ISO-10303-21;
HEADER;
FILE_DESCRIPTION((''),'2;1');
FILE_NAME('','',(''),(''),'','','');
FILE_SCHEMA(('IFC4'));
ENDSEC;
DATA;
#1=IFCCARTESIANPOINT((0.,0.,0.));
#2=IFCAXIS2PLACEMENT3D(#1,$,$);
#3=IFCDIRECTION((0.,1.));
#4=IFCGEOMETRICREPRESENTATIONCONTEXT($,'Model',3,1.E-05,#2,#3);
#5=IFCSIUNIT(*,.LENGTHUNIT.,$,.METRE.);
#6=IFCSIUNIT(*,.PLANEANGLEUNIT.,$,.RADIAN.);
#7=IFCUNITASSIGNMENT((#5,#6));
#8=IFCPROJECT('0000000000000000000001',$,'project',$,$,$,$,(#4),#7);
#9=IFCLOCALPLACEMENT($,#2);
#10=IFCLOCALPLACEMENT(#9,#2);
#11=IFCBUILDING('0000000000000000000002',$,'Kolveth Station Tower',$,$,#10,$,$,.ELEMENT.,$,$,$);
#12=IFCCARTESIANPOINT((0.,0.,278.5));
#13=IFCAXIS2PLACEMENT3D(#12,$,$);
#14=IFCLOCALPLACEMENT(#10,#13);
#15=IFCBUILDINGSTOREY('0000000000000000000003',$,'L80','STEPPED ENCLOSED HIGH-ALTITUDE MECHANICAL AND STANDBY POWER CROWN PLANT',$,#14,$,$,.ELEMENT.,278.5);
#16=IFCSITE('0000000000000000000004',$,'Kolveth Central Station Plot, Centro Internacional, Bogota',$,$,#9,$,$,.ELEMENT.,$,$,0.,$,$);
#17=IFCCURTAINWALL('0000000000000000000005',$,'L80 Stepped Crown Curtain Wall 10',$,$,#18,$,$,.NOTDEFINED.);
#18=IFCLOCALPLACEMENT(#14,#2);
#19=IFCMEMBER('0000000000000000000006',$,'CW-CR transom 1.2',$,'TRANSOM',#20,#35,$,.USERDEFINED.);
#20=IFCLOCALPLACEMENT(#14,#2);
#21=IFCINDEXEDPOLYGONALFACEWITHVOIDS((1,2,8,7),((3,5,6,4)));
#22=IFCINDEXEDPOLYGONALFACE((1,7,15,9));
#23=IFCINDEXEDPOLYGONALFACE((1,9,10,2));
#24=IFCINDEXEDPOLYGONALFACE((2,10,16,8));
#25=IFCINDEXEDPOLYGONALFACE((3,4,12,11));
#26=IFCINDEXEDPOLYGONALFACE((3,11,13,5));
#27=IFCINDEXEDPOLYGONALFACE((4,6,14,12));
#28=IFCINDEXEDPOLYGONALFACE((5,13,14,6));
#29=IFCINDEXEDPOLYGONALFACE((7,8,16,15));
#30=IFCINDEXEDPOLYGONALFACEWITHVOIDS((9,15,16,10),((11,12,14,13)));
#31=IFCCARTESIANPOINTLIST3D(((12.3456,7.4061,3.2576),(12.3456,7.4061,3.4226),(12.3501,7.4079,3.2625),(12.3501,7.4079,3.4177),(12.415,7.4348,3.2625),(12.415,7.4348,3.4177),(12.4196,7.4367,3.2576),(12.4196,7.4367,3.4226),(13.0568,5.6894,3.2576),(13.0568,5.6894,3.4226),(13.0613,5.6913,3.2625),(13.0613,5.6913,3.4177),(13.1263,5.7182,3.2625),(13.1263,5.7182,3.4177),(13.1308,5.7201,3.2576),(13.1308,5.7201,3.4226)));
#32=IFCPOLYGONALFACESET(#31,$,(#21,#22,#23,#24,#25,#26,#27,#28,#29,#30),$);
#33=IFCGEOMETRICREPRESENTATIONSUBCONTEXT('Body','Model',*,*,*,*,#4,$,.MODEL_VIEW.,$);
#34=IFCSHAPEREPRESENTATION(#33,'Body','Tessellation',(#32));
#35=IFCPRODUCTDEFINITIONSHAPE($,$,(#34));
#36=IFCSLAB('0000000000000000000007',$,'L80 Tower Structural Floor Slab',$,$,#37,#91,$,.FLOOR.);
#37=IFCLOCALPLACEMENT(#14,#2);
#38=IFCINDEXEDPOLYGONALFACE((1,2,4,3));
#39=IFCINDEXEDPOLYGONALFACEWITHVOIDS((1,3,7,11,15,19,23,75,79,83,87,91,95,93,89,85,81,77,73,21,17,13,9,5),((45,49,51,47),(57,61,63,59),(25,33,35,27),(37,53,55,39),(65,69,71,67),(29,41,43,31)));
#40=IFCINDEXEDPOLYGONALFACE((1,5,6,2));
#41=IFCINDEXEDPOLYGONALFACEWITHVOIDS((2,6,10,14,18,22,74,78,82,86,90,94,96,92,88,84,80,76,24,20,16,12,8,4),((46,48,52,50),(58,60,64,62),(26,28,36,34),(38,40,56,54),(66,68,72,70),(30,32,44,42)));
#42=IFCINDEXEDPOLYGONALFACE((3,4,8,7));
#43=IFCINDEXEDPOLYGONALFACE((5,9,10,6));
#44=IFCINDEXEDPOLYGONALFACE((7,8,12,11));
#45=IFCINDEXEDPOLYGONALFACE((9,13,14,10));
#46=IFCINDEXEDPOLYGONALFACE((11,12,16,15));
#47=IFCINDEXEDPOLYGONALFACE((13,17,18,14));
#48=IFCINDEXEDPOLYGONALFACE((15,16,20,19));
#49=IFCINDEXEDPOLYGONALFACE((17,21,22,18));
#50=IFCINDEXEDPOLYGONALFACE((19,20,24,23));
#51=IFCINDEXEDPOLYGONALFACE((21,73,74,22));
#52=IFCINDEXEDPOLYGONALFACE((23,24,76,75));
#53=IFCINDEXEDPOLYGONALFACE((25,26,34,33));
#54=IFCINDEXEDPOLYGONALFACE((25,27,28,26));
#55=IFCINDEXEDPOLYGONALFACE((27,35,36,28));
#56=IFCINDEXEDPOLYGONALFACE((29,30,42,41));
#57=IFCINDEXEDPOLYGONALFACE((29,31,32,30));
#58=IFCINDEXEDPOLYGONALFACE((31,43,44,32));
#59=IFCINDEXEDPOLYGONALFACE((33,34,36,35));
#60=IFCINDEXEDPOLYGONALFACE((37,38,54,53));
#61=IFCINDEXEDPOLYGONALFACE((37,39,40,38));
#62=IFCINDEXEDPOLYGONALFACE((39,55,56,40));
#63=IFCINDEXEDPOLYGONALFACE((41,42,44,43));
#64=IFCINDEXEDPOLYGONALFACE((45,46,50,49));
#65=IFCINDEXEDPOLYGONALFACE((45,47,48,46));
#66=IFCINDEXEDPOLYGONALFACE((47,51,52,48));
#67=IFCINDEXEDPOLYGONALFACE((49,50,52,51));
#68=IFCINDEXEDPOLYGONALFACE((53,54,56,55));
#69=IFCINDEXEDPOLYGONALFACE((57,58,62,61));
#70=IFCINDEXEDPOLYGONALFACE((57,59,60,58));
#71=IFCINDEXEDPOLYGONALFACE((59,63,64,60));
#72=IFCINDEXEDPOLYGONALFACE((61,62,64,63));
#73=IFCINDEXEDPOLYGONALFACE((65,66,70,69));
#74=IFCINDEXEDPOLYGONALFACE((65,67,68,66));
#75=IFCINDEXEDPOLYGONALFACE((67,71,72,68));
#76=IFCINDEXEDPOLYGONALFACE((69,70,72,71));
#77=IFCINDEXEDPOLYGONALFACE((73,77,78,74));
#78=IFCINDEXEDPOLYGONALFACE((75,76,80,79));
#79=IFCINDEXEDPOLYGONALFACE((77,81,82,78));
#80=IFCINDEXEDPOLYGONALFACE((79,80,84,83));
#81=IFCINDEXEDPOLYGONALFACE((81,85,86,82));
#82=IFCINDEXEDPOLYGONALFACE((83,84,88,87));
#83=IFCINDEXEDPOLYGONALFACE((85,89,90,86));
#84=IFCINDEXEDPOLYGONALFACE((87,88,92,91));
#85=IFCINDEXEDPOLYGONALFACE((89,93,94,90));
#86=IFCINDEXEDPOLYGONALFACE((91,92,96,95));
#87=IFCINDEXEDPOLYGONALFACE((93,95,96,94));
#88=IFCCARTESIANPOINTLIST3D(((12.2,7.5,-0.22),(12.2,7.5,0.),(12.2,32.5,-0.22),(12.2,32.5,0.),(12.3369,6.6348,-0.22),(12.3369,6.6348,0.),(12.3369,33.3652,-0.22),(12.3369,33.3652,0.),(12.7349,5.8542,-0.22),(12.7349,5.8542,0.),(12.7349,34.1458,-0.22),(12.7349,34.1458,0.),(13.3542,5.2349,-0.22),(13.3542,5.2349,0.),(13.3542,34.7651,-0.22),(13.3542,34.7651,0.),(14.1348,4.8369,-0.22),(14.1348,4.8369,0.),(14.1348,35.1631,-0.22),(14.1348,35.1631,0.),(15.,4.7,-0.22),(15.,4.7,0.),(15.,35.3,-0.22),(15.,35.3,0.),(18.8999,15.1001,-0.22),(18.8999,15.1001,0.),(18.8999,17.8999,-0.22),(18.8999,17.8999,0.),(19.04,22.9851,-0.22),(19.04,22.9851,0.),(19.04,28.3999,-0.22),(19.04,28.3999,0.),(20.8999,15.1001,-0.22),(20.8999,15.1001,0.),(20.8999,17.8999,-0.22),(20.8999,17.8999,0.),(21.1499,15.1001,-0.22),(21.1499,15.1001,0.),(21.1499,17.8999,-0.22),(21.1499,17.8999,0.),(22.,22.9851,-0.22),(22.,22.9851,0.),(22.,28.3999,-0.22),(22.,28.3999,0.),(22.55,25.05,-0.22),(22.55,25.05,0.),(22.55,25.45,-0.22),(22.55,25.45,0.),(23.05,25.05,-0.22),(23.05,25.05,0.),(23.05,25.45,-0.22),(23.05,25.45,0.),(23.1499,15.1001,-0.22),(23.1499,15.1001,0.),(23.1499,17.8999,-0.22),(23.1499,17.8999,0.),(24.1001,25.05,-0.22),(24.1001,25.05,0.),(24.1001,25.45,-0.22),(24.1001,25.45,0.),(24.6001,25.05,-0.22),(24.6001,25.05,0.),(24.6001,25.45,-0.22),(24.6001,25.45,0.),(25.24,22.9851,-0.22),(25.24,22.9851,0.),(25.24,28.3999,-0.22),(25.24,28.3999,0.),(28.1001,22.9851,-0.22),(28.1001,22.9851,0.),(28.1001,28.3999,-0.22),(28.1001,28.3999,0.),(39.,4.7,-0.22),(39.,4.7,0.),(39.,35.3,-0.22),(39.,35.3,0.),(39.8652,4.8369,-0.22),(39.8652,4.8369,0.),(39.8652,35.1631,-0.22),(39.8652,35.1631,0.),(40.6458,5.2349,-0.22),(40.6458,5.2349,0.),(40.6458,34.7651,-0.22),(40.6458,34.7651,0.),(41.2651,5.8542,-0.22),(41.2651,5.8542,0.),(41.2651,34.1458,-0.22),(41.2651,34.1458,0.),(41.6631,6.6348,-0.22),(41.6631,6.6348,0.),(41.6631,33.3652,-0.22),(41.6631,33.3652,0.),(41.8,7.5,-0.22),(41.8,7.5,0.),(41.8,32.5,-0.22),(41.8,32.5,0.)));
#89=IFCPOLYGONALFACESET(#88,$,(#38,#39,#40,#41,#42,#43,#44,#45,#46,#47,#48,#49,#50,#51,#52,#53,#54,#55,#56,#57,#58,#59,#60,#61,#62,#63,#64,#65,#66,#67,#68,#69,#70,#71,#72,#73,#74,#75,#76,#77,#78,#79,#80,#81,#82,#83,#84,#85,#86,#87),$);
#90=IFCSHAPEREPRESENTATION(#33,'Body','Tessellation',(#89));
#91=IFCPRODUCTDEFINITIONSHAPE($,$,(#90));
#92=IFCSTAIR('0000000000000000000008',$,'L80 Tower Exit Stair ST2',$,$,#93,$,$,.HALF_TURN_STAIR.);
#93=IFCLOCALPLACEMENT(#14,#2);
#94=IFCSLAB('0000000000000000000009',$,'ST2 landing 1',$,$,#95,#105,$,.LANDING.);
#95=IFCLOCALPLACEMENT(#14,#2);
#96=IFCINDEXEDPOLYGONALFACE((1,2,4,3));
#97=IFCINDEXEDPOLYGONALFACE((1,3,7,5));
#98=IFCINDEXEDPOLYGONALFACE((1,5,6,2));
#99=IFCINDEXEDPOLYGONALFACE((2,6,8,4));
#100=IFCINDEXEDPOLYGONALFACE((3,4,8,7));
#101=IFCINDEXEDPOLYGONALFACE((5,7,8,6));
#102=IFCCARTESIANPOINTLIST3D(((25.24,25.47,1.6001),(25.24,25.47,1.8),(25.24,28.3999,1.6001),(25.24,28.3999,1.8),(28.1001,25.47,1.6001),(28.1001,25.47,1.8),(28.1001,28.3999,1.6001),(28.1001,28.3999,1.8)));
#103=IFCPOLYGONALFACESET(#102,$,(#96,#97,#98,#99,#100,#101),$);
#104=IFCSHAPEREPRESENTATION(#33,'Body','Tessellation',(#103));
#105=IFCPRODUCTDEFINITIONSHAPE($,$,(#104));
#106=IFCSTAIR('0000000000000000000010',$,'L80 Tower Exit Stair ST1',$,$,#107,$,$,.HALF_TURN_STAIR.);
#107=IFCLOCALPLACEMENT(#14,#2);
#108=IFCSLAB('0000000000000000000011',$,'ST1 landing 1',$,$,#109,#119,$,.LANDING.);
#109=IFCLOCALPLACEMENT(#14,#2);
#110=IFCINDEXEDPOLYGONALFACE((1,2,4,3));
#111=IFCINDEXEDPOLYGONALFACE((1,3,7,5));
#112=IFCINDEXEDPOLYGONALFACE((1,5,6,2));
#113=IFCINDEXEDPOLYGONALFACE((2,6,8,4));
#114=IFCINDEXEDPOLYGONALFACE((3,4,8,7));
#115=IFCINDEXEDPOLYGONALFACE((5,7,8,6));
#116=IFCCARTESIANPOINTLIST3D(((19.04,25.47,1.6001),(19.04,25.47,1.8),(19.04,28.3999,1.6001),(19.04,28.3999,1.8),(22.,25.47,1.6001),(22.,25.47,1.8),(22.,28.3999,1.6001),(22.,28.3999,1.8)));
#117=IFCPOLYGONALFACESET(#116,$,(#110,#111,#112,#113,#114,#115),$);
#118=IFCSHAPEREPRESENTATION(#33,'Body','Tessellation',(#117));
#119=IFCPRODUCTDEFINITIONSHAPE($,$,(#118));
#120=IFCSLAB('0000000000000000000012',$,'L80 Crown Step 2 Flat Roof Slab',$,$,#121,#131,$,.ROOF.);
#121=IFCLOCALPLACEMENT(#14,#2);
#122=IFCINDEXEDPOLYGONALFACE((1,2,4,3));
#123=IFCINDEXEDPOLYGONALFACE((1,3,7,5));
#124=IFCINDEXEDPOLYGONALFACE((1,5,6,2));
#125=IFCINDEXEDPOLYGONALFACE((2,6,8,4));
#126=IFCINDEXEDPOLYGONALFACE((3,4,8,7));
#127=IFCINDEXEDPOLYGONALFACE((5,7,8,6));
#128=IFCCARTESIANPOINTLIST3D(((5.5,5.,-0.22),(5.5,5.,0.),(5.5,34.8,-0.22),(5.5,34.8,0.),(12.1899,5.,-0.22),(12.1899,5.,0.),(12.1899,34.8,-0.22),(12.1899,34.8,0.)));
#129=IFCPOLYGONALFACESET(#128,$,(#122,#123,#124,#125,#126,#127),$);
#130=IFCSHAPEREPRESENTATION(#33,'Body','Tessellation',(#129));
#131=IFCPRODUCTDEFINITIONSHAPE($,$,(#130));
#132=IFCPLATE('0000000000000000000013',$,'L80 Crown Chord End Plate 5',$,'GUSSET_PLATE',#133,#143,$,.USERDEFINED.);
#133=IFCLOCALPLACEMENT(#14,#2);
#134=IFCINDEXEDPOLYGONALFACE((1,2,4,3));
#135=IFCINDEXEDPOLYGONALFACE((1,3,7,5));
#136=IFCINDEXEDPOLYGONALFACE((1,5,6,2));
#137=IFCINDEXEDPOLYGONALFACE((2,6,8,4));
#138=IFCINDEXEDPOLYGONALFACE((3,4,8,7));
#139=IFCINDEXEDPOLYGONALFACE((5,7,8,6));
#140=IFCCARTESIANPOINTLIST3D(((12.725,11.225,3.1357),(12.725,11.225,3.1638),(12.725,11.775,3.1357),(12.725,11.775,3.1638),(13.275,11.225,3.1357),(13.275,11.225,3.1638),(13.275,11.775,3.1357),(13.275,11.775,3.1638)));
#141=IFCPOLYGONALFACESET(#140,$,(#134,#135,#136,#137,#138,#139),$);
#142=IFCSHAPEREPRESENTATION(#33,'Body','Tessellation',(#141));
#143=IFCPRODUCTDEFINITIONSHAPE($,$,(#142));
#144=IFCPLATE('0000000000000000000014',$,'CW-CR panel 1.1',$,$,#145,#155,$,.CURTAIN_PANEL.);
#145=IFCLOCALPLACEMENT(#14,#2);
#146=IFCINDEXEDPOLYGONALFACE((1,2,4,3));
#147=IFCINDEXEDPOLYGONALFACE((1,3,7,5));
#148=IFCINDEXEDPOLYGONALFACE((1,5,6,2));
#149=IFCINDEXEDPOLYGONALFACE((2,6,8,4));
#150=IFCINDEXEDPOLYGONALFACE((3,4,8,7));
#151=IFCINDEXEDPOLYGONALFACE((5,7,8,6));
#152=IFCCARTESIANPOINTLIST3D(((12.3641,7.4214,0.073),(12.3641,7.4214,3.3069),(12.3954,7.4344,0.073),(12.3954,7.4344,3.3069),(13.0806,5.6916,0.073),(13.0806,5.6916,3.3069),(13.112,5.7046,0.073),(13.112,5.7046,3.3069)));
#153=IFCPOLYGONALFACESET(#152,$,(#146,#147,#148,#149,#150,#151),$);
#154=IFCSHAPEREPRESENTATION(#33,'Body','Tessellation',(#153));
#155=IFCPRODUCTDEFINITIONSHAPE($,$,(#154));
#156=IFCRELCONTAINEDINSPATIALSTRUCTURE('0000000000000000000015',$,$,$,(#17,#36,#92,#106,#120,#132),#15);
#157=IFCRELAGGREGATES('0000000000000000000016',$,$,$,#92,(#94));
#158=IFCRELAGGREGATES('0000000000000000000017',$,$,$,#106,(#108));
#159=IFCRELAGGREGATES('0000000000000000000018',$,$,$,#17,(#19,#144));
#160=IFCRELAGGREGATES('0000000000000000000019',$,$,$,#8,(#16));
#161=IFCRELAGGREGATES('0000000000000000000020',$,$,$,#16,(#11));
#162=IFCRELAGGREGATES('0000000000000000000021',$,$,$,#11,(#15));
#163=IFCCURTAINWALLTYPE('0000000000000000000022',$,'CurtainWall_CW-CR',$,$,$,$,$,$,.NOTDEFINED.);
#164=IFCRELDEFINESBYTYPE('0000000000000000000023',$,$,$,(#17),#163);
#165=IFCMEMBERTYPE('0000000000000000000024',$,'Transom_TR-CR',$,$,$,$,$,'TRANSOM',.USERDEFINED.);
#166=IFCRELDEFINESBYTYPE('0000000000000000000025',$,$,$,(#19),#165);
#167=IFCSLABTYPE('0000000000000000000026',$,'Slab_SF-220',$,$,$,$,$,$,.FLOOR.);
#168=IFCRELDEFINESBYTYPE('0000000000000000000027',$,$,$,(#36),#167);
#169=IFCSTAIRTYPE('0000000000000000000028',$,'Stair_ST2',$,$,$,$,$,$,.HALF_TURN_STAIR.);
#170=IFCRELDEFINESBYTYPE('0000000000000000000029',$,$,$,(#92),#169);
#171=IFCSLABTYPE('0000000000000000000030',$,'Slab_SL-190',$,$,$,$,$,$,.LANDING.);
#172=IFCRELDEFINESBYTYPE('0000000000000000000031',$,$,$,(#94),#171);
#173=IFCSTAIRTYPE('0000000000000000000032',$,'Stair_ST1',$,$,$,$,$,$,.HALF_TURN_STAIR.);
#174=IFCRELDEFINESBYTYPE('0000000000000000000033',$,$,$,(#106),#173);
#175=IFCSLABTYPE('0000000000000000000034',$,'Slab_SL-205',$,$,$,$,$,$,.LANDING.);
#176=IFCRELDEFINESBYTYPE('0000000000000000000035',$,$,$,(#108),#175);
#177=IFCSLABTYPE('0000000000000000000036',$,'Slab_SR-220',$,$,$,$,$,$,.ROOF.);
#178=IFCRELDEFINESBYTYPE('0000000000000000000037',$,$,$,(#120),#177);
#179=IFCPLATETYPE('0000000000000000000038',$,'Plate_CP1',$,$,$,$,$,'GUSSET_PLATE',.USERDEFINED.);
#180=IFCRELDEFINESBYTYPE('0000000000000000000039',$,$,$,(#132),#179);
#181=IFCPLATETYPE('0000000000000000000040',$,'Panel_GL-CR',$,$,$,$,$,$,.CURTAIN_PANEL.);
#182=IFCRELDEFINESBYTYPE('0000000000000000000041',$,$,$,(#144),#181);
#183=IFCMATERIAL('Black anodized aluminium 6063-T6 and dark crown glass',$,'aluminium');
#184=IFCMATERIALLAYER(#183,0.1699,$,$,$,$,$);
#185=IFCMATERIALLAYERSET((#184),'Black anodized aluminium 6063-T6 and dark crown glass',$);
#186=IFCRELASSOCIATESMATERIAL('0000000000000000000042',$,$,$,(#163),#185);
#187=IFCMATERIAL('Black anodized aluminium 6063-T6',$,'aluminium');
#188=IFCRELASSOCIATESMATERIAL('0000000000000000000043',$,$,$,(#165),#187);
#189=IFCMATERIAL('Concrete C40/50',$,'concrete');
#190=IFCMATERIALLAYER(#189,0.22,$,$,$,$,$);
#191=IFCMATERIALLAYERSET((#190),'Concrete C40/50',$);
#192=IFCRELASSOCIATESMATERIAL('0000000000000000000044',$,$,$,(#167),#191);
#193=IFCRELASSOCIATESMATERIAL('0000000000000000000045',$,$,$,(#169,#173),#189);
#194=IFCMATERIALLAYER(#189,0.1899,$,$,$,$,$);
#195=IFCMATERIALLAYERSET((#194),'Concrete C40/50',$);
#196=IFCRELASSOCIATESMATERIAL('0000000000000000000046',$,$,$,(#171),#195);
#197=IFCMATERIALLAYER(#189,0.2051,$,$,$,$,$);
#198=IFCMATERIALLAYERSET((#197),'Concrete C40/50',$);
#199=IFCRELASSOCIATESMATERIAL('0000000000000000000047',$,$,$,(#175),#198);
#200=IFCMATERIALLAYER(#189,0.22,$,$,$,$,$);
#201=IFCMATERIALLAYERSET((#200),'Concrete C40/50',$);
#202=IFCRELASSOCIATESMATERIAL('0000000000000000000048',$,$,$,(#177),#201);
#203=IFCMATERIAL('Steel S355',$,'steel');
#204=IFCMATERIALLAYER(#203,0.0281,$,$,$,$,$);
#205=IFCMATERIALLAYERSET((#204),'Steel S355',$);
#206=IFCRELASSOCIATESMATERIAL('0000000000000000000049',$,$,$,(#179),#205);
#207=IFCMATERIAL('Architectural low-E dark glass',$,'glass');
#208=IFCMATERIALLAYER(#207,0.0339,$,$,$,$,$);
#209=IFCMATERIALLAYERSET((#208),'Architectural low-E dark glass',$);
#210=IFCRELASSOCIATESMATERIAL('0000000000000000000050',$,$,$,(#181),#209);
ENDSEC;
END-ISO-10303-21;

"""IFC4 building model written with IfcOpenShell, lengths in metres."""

from ifc_helpers import new_model, si_unit, direction, frame, origin, origin_2d, place, context, subcontext, project, spatial, polyline, rectangle, hollow_rectangle, outline, extrude, source, transform, mapped, material, layer, layer_set, material_profile, profile_set, type_object, element, aggregate, save


model = new_model("IFC4")

# Units and contexts
model_context = context("Model", 3, precision=1e-05, world=origin(), true_north=direction((0.0, 1.0)))
body_context = subcontext(model_context, "Body", "Model", "MODEL_VIEW")
ifc_project = project(units=[si_unit("LENGTHUNIT", "METRE"), si_unit("PLANEANGLEUNIT", "RADIAN")], contexts=[model_context])

# Site, building, storey
site_placement = place(None, origin())
site = spatial("IfcSite", under=ifc_project, at=site_placement, Name="Kolveth Central Station Plot, Centro Internacional, Bogota", CompositionType="ELEMENT", RefElevation=0.0)
building_placement = place(site_placement, origin())
building = spatial("IfcBuilding", under=site, at=building_placement, Name="Kolveth Station Tower", CompositionType="ELEMENT")
storey_placement = place(building_placement, frame((0.0, 0.0, 278.5)))
storey = spatial("IfcBuildingStorey", under=building, at=storey_placement, Name="L80", Description="STEPPED ENCLOSED HIGH-ALTITUDE MECHANICAL AND STANDBY POWER CROWN PLANT", CompositionType="ELEMENT", Elevation=278.5)

# Shared definitions
ifc_material_1 = material(Name="Steel S355", Category="steel")

# Shared definitions
ifc_material_2 = material(Name="Black anodized aluminium 6063-T6 and dark crown glass", Category="aluminium")
ifc_layer_1 = layer(ifc_material_2, 0.1699)
ifc_layer_set_1 = layer_set([ifc_layer_1], Name="Black anodized aluminium 6063-T6 and dark crown glass")
curtain_wall_type = type_object("IfcCurtainWallType", Name="CurtainWall_CW-CR", PredefinedType="NOTDEFINED", material=ifc_layer_set_1)
ifc_material_3 = material(Name="Black anodized aluminium 6063-T6", Category="aluminium")

# Curtain wall, member
curtain_wall_1_placement = place(storey_placement, origin())
curtain_wall_1 = element("IfcCurtainWall", 1, at=curtain_wall_1_placement, inside=storey, type_object=curtain_wall_type, Name="L80 Stepped Crown Curtain Wall 10", PredefinedType="NOTDEFINED")
ifc_material_profile_1 = material_profile(ifc_material_3, hollow_rectangle(XDim=0.0801, YDim=0.165, WallThickness=0.0049, at=origin_2d()), Name="ALU-80x165x5")
ifc_profile_set_1 = profile_set([ifc_material_profile_1], Name="Black anodized aluminium 6063-T6")
member_type_1 = type_object("IfcMemberType", Name="Transom_TR-CR", ElementType="TRANSOM", PredefinedType="USERDEFINED", material=ifc_profile_set_1)
shared_shape_1 = source(origin(), body_context, "Body", "SweptSolid", [
    extrude(hollow_rectangle(XDim=0.0801, YDim=0.165, WallThickness=0.0049, at=origin_2d()), origin(), (0.0, 0.0, 1.0), 1.8582),
])
member_1_placement = place(storey_placement, frame((12.3826, 7.4214, 3.3401), z_axis=(0.382758, -0.923849, 0.0), x_axis=(0.923849, 0.382758, 0.0)))
member_1 = element("IfcMember", 2, at=member_1_placement, type_object=member_type_1, Name="CW-CR transom 1.2", ObjectType="TRANSOM", PredefinedType="USERDEFINED", context=body_context, shape_type="MappedRepresentation", body=[
    mapped(shared_shape_1, transform((0.0, 0.0, 0.0), x_axis=(1.0, 0.0, 0.0), y_axis=(0.0, 1.0, 0.0), z_axis=(0.0, 0.0, 1.0), scale=1.0)),
])

# Slab
ifc_material_4 = material(Name="Concrete C40/50", Category="concrete")
ifc_layer_2 = layer(ifc_material_4, 0.22)
ifc_layer_set_2 = layer_set([ifc_layer_2], Name="Concrete C40/50")
slab_type_1 = type_object("IfcSlabType", Name="Slab_SF-220", PredefinedType="FLOOR", material=ifc_layer_set_2)
slab_1_placement = place(storey_placement, frame((0.0, 0.0, -0.22)))
element("IfcSlab", 3, at=slab_1_placement, inside=storey, type_object=slab_type_1, Name="L80 Tower Structural Floor Slab", PredefinedType="FLOOR", context=body_context, shape_type="SweptSolid", body=[
    extrude(outline(polyline([(39.0, 4.7), (39.8652, 4.8369), (40.6458, 5.2349), (41.2651, 5.8542), (41.6631, 6.6348), (41.8, 7.5), (41.8, 32.5), (41.6631, 33.3652), (41.2651, 34.1458), (40.6458, 34.7651), (39.8652, 35.1631), (39.0, 35.3), (15.0, 35.3), (14.1348, 35.1631), (13.3542, 34.7651), (12.7349, 34.1458), (12.3369, 33.3652), (12.2, 32.5), (12.2, 7.5), (12.3369, 6.6348), (12.7349, 5.8542), (13.3542, 5.2349), (14.1348, 4.8369), (15.0, 4.7), (39.0, 4.7)]), holes=[polyline([(19.04, 22.9851), (22.0, 22.9851), (22.0, 28.3999), (19.04, 28.3999), (19.04, 22.9851)]), polyline([(25.24, 22.9851), (28.1001, 22.9851), (28.1001, 28.3999), (25.24, 28.3999), (25.24, 22.9851)]), polyline([(18.8999, 15.1001), (20.8999, 15.1001), (20.8999, 17.8999), (18.8999, 17.8999), (18.8999, 15.1001)]), polyline([(21.1499, 15.1001), (23.1499, 15.1001), (23.1499, 17.8999), (21.1499, 17.8999), (21.1499, 15.1001)]), polyline([(22.55, 25.05), (23.05, 25.05), (23.05, 25.45), (22.55, 25.45), (22.55, 25.05)]), polyline([(24.1001, 25.05), (24.6001, 25.05), (24.6001, 25.45), (24.1001, 25.45), (24.1001, 25.05)])]), origin(), (0.0, 0.0, 1.0), 0.22),
])

# Stairs, slabs
stair_type_1 = type_object("IfcStairType", Name="Stair_ST2", PredefinedType="HALF_TURN_STAIR", material=ifc_material_4)
stair_1_placement = place(storey_placement, origin())
stair_1 = element("IfcStair", 4, at=stair_1_placement, inside=storey, type_object=stair_type_1, Name="L80 Tower Exit Stair ST2", PredefinedType="HALF_TURN_STAIR")
ifc_layer_3 = layer(ifc_material_4, 0.1899)
ifc_layer_set_3 = layer_set([ifc_layer_3], Name="Concrete C40/50")
slab_type_2 = type_object("IfcSlabType", Name="Slab_SL-190", PredefinedType="LANDING", material=ifc_layer_set_3)
slab_2_placement = place(storey_placement, frame((0.0, 0.0, 1.6001)))
slab_2 = element("IfcSlab", 5, at=slab_2_placement, type_object=slab_type_2, Name="ST2 landing 1", PredefinedType="LANDING", context=body_context, shape_type="SweptSolid", body=[
    extrude(outline(polyline([(28.1001, 25.47), (28.1001, 28.3999), (25.24, 28.3999), (25.24, 25.47), (28.1001, 25.47)])), origin(), (0.0, 0.0, 1.0), 0.2),
])
aggregate(stair_1, [slab_2])
stair_type_2 = type_object("IfcStairType", Name="Stair_ST1", PredefinedType="HALF_TURN_STAIR", material=ifc_material_4)
stair_2_placement = place(storey_placement, origin())
stair_2 = element("IfcStair", 6, at=stair_2_placement, inside=storey, type_object=stair_type_2, Name="L80 Tower Exit Stair ST1", PredefinedType="HALF_TURN_STAIR")
ifc_layer_4 = layer(ifc_material_4, 0.2051)
ifc_layer_set_4 = layer_set([ifc_layer_4], Name="Concrete C40/50")
slab_type_3 = type_object("IfcSlabType", Name="Slab_SL-205", PredefinedType="LANDING", material=ifc_layer_set_4)
slab_3_placement = place(storey_placement, frame((0.0, 0.0, 1.6001)))
slab_3 = element("IfcSlab", 7, at=slab_3_placement, type_object=slab_type_3, Name="ST1 landing 1", PredefinedType="LANDING", context=body_context, shape_type="SweptSolid", body=[
    extrude(outline(polyline([(22.0, 25.47), (22.0, 28.3999), (19.04, 28.3999), (19.04, 25.47), (22.0, 25.47)])), origin(), (0.0, 0.0, 1.0), 0.2),
])
aggregate(stair_2, [slab_3])

# Slab
ifc_layer_5 = layer(ifc_material_4, 0.22)
ifc_layer_set_5 = layer_set([ifc_layer_5], Name="Concrete C40/50")
slab_type_4 = type_object("IfcSlabType", Name="Slab_SR-220", PredefinedType="ROOF", material=ifc_layer_set_5)
slab_4_placement = place(storey_placement, frame((0.0, 0.0, -0.22)))
element("IfcSlab", 8, at=slab_4_placement, inside=storey, type_object=slab_type_4, Name="L80 Crown Step 2 Flat Roof Slab", PredefinedType="ROOF", context=body_context, shape_type="SweptSolid", body=[
    extrude(outline(polyline([(5.5, 5.0), (12.1899, 5.0), (12.1899, 34.8), (5.5, 34.8), (5.5, 5.0)])), origin(), (0.0, 0.0, 1.0), 0.22),
])

# Plates
ifc_layer_6 = layer(ifc_material_1, 0.0281)
ifc_layer_set_6 = layer_set([ifc_layer_6], Name="Steel S355")
plate_type_1 = type_object("IfcPlateType", Name="Plate_CP1", ElementType="GUSSET_PLATE", PredefinedType="USERDEFINED", material=ifc_layer_set_6)
shared_shape_2 = source(origin(), body_context, "Body", "SweptSolid", [
    extrude(rectangle(XDim=0.55, YDim=0.55, at=origin_2d()), origin(), (0.0, 0.0, 1.0), 0.0281),
])
plate_1_placement = place(storey_placement, frame((13.0, 11.5, 3.1357), z_axis=(0.0, 0.0, 1.0), x_axis=(1.0, 0.0, 0.0)))
element("IfcPlate", 9, at=plate_1_placement, inside=storey, type_object=plate_type_1, Name="L80 Crown Chord End Plate 5", ObjectType="GUSSET_PLATE", PredefinedType="USERDEFINED", context=body_context, shape_type="MappedRepresentation", body=[
    mapped(shared_shape_2, transform((0.0, 0.0, 0.0), x_axis=(1.0, 0.0, 0.0), y_axis=(0.0, 1.0, 0.0), z_axis=(0.0, 0.0, 1.0), scale=1.0)),
])
ifc_material_5 = material(Name="Architectural low-E dark glass", Category="glass")
ifc_layer_7 = layer(ifc_material_5, 0.0339)
ifc_layer_set_7 = layer_set([ifc_layer_7], Name="Architectural low-E dark glass")
plate_type_2 = type_object("IfcPlateType", Name="Panel_GL-CR", PredefinedType="CURTAIN_PANEL", material=ifc_layer_set_7)
shared_shape_3 = source(origin(), body_context, "Body", "SweptSolid", [
    extrude(rectangle(XDim=1.8723, YDim=0.0339, at=origin_2d()), origin(), (0.0, 0.0, 1.0), 3.2339),
])
plate_2_placement = place(storey_placement, frame((12.738, 6.563, 0.073), z_axis=(0.0, 0.0, 1.0), x_axis=(0.382703, -0.923871, 0.0)))
plate_2 = element("IfcPlate", 10, at=plate_2_placement, type_object=plate_type_2, Name="CW-CR panel 1.1", PredefinedType="CURTAIN_PANEL", context=body_context, shape_type="MappedRepresentation", body=[
    mapped(shared_shape_3, transform((0.0, 0.0, 0.0), x_axis=(1.0, 0.0, 0.0), y_axis=(0.0, 1.0, 0.0), z_axis=(0.0, 0.0, 1.0), scale=1.0)),
])
aggregate(curtain_wall_1, [member_1, plate_2])

save(model, "model.ifc")
